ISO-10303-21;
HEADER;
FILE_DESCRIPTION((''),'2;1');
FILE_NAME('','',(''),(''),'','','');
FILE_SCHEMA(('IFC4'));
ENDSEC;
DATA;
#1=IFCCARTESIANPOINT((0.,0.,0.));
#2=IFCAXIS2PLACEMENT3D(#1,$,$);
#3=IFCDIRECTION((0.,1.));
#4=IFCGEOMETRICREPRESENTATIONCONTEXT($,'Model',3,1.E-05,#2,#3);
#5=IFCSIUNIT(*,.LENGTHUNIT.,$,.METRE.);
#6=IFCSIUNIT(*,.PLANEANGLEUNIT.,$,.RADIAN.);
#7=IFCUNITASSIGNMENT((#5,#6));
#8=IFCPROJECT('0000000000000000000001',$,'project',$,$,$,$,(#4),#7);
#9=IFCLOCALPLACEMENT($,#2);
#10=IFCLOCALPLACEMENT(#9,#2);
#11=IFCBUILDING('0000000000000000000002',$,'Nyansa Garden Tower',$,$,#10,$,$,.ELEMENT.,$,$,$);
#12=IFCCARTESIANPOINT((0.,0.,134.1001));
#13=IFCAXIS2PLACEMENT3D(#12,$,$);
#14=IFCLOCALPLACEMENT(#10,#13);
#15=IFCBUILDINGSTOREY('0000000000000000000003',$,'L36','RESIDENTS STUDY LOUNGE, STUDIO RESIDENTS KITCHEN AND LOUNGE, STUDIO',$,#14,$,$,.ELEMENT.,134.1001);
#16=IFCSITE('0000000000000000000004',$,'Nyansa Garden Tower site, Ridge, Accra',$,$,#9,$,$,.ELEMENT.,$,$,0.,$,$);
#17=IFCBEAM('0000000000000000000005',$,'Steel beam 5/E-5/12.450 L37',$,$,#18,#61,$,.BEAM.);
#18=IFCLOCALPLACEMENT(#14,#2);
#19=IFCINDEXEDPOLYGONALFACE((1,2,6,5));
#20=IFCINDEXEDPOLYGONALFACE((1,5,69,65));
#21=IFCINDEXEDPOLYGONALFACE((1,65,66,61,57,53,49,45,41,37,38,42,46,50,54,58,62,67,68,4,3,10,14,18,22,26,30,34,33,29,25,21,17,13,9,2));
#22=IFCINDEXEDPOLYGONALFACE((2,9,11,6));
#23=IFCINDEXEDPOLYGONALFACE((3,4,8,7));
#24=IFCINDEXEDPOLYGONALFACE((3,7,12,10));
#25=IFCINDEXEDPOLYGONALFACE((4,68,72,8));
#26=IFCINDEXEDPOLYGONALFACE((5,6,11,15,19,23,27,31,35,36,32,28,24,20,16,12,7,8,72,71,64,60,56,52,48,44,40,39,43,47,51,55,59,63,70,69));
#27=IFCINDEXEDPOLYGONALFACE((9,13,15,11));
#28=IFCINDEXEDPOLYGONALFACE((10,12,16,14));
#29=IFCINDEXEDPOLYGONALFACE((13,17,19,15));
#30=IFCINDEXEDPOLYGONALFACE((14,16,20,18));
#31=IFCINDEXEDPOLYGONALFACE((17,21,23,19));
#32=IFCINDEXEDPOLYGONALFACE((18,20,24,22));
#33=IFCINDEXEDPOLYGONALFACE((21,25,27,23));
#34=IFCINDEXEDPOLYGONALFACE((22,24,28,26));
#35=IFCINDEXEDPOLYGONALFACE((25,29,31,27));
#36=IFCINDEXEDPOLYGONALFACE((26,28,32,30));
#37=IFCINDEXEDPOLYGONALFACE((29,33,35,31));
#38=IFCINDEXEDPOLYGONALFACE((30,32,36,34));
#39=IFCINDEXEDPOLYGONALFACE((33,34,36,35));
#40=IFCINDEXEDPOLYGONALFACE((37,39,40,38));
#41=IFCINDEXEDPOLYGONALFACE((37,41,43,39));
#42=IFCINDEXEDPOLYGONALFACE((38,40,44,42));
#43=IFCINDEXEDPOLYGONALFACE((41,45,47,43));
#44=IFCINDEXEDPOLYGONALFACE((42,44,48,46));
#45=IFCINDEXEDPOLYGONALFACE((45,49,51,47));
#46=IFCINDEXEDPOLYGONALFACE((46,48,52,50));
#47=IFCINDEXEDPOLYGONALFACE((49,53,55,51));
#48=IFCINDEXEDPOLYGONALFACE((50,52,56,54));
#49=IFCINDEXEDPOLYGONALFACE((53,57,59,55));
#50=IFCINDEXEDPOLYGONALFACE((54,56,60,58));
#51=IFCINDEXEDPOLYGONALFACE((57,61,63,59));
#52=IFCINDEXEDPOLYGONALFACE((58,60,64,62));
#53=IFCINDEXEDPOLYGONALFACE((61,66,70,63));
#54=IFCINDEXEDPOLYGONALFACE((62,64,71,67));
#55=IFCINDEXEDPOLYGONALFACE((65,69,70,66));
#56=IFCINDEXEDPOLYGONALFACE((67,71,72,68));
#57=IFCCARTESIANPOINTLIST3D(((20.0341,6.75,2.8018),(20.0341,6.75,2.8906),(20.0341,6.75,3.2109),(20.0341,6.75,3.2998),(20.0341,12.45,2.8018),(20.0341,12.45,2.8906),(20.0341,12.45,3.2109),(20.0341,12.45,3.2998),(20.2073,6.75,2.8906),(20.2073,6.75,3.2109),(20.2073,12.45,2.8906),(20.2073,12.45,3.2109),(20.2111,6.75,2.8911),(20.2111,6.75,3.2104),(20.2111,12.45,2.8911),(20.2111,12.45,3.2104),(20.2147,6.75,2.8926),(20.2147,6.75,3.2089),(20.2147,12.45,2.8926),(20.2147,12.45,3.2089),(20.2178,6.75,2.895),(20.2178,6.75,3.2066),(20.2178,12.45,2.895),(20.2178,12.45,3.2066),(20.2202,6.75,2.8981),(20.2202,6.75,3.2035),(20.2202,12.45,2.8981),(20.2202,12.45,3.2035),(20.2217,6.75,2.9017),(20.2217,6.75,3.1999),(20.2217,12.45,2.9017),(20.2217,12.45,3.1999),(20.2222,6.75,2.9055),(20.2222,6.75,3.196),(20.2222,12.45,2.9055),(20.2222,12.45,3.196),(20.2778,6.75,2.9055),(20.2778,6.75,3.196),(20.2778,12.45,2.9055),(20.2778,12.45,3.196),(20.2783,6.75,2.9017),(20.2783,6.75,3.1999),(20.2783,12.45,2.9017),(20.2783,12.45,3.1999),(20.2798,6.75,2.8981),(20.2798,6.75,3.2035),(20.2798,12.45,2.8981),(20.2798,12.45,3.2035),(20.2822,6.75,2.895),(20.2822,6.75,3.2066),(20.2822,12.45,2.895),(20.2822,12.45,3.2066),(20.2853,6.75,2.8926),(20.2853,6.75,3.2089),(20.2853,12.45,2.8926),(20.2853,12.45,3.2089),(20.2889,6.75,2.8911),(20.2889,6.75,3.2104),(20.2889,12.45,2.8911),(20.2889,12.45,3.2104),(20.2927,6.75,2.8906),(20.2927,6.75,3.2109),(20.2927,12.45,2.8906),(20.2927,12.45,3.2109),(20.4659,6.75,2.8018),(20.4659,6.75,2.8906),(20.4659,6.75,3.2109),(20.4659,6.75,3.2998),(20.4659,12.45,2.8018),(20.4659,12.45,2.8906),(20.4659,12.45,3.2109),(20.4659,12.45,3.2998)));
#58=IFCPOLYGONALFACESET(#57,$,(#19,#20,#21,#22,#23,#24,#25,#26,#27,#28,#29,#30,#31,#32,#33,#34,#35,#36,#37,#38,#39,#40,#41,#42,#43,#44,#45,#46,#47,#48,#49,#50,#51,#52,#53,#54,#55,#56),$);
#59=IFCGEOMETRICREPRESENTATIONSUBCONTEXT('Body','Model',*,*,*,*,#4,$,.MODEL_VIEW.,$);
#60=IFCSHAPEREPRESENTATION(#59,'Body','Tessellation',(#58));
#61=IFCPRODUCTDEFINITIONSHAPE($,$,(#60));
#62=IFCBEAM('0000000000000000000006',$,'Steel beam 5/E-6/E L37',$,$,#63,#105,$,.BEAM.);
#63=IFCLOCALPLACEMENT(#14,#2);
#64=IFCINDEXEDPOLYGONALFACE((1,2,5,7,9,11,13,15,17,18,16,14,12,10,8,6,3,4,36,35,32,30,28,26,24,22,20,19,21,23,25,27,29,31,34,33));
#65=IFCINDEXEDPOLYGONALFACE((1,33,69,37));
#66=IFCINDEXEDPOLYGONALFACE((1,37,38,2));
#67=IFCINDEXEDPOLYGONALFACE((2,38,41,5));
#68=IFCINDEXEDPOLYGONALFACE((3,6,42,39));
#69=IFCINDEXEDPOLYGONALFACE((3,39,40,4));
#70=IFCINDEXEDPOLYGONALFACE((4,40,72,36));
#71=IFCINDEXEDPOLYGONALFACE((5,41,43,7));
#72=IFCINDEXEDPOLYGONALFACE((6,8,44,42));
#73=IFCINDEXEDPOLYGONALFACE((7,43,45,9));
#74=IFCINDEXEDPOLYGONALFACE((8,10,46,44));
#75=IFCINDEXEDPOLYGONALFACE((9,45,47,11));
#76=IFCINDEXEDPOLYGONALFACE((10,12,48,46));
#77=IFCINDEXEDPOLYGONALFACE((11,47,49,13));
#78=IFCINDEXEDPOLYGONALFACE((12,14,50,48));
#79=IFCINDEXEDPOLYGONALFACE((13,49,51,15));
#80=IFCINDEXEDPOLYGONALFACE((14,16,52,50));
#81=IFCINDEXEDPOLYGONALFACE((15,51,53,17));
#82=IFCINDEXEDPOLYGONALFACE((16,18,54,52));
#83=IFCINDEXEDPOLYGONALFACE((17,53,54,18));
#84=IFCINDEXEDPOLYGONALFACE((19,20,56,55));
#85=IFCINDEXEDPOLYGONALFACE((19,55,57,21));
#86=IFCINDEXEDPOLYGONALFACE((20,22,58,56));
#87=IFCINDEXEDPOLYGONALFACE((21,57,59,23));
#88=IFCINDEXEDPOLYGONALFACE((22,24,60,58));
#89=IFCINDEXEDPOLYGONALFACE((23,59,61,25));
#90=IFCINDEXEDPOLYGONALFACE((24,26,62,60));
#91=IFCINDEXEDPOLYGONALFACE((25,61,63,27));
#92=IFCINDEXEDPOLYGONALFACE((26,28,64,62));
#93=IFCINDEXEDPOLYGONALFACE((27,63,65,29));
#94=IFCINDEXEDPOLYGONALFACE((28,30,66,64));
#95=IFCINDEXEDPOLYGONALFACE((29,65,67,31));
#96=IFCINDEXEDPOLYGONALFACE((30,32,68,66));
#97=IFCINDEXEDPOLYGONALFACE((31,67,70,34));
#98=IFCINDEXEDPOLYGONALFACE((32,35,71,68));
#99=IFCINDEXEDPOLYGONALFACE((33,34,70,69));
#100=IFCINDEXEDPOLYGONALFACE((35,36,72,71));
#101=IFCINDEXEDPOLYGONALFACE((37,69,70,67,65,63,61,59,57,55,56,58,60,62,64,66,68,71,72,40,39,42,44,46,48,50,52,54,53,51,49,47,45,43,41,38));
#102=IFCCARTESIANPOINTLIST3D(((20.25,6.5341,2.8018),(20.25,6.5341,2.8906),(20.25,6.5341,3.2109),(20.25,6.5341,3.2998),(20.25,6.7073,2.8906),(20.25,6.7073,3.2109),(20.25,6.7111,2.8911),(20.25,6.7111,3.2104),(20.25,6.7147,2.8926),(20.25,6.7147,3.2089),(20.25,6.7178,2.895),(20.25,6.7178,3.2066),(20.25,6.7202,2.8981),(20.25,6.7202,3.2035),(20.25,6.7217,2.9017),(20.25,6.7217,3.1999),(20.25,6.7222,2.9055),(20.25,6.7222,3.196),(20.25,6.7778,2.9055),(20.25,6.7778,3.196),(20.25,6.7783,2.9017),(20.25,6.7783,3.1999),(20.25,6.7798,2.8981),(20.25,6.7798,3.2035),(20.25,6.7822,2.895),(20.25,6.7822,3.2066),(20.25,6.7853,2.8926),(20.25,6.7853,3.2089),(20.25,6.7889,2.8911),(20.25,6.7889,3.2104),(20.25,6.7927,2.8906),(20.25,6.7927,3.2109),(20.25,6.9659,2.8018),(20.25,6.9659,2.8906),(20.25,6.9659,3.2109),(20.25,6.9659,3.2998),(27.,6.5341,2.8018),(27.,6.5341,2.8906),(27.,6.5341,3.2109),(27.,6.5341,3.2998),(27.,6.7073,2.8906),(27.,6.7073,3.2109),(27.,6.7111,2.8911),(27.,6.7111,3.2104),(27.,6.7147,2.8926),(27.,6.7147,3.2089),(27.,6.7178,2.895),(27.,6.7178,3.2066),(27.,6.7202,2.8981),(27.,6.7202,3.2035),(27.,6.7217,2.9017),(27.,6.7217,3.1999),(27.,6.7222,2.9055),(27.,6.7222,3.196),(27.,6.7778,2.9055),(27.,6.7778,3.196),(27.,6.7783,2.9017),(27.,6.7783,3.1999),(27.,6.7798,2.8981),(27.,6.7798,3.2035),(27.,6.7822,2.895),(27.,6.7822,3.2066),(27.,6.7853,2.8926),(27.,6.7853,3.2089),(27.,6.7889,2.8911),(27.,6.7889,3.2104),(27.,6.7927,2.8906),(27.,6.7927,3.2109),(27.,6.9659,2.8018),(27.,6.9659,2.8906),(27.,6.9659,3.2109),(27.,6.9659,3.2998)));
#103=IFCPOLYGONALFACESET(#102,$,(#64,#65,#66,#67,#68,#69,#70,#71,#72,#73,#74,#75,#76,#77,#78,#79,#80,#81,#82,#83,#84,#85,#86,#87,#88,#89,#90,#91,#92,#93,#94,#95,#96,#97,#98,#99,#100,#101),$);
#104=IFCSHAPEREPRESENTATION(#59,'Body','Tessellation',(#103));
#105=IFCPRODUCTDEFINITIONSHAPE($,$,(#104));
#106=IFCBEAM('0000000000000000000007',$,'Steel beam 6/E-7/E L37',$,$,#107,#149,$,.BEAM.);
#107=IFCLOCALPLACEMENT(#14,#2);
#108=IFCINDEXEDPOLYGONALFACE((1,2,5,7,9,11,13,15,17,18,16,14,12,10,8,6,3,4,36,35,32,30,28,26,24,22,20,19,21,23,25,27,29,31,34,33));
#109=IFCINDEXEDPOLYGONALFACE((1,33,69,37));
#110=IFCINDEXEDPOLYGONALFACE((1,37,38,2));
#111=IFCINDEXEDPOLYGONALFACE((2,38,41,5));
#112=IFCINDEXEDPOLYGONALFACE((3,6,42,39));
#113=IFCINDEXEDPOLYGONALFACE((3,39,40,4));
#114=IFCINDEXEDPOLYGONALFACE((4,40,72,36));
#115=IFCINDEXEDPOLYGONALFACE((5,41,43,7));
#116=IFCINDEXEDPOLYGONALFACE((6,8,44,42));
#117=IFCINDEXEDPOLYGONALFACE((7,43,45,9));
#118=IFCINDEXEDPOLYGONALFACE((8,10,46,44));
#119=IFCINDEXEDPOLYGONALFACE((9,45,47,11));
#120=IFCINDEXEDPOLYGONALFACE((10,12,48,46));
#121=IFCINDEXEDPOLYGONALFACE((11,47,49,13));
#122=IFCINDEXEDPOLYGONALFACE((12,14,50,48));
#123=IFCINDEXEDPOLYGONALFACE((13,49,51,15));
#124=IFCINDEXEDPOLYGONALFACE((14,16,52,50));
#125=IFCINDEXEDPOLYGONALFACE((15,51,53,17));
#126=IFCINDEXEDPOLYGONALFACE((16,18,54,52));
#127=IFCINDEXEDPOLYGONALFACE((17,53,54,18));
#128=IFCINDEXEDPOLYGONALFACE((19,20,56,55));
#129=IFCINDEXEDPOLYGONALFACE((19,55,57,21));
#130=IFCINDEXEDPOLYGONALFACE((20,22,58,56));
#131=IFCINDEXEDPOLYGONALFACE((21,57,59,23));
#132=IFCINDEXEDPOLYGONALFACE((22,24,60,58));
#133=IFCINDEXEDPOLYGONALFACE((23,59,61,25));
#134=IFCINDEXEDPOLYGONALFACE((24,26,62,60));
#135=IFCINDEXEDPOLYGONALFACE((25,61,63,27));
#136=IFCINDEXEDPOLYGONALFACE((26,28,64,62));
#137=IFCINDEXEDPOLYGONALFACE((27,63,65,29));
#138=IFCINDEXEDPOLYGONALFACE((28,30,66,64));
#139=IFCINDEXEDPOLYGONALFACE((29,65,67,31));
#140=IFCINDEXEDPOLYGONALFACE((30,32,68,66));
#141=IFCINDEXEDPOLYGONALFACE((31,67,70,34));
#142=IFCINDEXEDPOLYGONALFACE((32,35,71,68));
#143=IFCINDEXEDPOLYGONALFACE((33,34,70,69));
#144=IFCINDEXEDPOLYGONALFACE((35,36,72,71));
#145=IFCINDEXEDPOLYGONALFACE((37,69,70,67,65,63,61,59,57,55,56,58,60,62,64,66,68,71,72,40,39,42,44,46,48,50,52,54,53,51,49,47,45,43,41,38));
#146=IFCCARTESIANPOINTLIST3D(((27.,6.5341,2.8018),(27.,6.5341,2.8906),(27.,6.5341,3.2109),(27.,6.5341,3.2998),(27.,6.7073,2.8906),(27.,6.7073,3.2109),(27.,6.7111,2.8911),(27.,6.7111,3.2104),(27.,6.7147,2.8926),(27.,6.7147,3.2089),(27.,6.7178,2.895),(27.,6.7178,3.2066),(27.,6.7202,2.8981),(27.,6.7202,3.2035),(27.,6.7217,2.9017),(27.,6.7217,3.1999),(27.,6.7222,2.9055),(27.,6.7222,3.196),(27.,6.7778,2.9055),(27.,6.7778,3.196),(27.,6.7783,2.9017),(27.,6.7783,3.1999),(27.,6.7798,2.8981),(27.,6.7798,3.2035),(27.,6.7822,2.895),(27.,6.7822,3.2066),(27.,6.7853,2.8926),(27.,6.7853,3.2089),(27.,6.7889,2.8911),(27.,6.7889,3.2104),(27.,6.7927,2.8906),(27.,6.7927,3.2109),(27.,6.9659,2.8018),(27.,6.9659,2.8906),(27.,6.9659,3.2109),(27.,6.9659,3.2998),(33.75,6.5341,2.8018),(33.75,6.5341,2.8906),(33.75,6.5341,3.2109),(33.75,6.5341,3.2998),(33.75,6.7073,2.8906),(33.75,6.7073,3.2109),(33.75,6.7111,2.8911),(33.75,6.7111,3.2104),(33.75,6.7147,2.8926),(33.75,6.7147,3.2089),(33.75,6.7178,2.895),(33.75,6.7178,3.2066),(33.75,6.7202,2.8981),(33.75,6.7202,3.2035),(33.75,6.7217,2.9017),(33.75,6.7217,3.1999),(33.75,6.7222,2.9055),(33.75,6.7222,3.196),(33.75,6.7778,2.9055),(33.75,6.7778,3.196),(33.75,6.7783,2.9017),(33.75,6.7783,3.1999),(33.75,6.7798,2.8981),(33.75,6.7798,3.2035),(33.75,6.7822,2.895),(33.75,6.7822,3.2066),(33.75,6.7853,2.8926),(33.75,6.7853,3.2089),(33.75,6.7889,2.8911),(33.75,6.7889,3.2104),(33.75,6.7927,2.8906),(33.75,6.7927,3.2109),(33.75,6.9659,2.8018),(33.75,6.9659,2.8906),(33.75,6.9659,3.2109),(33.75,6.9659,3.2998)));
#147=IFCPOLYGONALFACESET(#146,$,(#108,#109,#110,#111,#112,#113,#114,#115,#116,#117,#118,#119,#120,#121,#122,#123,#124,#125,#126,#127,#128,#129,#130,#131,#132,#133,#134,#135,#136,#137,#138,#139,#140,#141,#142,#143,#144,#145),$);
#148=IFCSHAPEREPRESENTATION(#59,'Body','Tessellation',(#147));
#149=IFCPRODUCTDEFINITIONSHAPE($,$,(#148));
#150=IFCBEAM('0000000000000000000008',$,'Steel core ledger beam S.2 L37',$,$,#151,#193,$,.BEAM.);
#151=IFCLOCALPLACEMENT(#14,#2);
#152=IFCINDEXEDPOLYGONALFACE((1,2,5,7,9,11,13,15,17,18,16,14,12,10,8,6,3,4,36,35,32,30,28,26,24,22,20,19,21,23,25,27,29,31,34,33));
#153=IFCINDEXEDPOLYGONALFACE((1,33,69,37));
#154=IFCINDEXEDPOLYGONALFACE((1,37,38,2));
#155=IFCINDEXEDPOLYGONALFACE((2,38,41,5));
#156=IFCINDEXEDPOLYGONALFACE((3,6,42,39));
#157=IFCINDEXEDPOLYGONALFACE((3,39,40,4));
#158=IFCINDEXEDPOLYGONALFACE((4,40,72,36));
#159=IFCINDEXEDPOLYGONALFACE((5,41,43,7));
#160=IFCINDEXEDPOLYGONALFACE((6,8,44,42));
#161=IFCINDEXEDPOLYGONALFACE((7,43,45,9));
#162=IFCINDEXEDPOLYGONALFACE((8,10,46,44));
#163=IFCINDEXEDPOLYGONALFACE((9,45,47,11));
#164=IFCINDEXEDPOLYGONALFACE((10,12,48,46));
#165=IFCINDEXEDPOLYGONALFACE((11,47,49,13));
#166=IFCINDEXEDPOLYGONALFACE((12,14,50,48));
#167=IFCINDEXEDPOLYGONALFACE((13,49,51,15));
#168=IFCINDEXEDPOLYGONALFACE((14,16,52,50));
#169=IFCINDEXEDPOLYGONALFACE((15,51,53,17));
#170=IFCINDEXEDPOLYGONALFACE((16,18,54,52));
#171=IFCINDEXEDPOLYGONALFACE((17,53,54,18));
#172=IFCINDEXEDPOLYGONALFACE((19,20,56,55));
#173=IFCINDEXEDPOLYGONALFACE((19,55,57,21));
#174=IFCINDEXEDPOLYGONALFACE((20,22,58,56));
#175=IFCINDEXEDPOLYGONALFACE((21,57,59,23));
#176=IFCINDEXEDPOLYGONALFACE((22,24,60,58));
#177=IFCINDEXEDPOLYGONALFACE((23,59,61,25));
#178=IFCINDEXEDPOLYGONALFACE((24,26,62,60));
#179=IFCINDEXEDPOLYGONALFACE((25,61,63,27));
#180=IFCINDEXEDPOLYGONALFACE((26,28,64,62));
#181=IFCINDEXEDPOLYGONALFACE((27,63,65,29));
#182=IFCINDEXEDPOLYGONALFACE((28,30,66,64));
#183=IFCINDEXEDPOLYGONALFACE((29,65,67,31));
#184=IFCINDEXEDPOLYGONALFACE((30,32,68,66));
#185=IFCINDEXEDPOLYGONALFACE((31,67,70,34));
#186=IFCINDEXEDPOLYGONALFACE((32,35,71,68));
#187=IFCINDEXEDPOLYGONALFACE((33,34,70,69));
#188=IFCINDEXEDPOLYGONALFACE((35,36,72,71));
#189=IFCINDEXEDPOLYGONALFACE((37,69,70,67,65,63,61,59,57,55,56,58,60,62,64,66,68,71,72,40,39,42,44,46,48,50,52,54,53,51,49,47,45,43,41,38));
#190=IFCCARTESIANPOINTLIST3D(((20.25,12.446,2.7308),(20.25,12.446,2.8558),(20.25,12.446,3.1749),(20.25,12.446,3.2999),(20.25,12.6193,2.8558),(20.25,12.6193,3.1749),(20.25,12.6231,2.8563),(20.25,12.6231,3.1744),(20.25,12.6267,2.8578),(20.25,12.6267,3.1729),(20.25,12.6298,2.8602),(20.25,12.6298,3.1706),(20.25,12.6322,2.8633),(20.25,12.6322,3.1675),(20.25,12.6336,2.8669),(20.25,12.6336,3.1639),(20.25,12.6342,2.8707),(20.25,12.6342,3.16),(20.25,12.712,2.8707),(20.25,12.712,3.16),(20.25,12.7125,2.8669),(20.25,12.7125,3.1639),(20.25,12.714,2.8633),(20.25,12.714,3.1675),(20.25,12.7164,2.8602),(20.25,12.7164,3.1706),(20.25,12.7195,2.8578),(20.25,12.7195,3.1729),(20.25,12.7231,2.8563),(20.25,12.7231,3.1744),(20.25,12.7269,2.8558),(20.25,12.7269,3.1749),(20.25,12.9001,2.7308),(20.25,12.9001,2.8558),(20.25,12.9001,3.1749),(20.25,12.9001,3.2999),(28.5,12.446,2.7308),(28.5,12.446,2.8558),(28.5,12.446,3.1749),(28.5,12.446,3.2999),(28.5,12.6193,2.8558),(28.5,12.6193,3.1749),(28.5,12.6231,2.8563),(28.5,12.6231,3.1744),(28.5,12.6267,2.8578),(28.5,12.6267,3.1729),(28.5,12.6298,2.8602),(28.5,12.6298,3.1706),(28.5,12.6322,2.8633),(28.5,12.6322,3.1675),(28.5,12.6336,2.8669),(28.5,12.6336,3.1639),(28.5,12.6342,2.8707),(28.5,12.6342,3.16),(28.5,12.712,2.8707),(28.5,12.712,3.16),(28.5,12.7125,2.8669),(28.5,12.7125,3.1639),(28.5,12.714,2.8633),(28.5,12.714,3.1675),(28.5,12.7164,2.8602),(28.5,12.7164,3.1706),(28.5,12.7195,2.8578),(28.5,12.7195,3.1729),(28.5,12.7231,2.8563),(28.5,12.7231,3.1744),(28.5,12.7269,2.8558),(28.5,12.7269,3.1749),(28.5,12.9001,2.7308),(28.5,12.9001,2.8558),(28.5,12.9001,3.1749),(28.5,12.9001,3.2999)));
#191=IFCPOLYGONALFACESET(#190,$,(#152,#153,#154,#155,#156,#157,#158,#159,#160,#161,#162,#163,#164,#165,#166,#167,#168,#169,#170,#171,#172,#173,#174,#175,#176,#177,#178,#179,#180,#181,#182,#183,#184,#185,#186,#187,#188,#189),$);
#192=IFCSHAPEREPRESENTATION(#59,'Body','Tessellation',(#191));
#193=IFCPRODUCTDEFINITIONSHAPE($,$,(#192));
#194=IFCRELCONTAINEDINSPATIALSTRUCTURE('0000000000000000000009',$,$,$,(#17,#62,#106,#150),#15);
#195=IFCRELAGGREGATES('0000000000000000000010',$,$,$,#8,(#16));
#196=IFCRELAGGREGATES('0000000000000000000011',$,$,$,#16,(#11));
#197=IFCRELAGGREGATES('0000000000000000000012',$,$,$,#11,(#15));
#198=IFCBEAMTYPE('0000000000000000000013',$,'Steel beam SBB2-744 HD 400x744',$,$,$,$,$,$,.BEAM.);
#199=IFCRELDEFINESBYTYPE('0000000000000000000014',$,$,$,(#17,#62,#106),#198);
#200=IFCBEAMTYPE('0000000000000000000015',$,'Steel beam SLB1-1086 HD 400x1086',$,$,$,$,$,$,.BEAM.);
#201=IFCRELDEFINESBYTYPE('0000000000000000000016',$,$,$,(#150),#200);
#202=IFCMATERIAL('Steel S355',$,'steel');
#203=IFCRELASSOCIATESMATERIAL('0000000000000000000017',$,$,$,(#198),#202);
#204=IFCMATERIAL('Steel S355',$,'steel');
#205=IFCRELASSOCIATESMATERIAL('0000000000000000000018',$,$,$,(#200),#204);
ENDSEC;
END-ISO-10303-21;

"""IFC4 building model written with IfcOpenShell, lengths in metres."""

from ifc_helpers import new_model, si_unit, direction, frame, origin, origin_2d, place, context, subcontext, project, spatial, i_section, extrude, material, material_profile, profile_set, type_object, element, save


model = new_model("IFC4")

# Units and contexts
model_context = context("Model", 3, precision=1e-05, world=origin(), true_north=direction((0.0, 1.0)))
body_context = subcontext(model_context, "Body", "Model", "MODEL_VIEW")
ifc_project = project(units=[si_unit("LENGTHUNIT", "METRE"), si_unit("PLANEANGLEUNIT", "RADIAN")], contexts=[model_context])

# Site, building, storey
site_placement = place(None, origin())
site = spatial("IfcSite", under=ifc_project, at=site_placement, Name="Nyansa Garden Tower site, Ridge, Accra", CompositionType="ELEMENT", RefElevation=0.0)
building_placement = place(site_placement, origin())
building = spatial("IfcBuilding", under=site, at=building_placement, Name="Nyansa Garden Tower", CompositionType="ELEMENT")
storey_placement = place(building_placement, frame((0.0, 0.0, 134.1001)))
storey = spatial("IfcBuildingStorey", under=building, at=storey_placement, Name="L36", Description="RESIDENTS STUDY LOUNGE, STUDIO RESIDENTS KITCHEN AND LOUNGE, STUDIO", CompositionType="ELEMENT", Elevation=134.1001)

# Beams
ifc_material_1 = material(Name="Steel S355", Category="steel")
ifc_material_profile_1 = material_profile(ifc_material_1, i_section(OverallWidth=0.4319, OverallDepth=0.498, WebThickness=0.0557, FlangeThickness=0.0889, FilletRadius=0.0149, at=origin_2d()), Name="HD 400x744")
ifc_profile_set_1 = profile_set([ifc_material_profile_1], Name="Steel S355")
beam_type_1 = type_object("IfcBeamType", Name="Steel beam SBB2-744 HD 400x744", PredefinedType="BEAM", material=ifc_profile_set_1)
beam_1_placement = place(storey_placement, frame((20.25, 6.75, 3.0508), z_axis=(0.0, 1.0, 0.0), x_axis=(-1.0, 0.0, 0.0)))
element("IfcBeam", 1, at=beam_1_placement, inside=storey, type_object=beam_type_1, Name="Steel beam 5/E-5/12.450 L37", PredefinedType="BEAM", context=body_context, shape_type="SweptSolid", body=[
    extrude(i_section(OverallWidth=0.4319, OverallDepth=0.498, WebThickness=0.0557, FlangeThickness=0.0889, FilletRadius=0.0149, at=origin_2d()), origin(), (0.0, 0.0, 1.0), 5.7),
])
for number, where, z_axis, x_axis, name in (
    (2, (20.25, 6.75, 3.0508), (1.0, 0.0, 0.0), (0.0, 1.0, 0.0), "Steel beam 5/E-6/E L37"),
    (3, (27.0, 6.75, 3.0508), (1.0, 0.0, 0.0), (0.0, 1.0, 0.0), "Steel beam 6/E-7/E L37"),
):
    element("IfcBeam", number, at=place(storey_placement, frame(where, z_axis=z_axis, x_axis=x_axis)), inside=storey, type_object=beam_type_1, Name=name, PredefinedType="BEAM", context=body_context, shape_type="SweptSolid", body=[
        extrude(i_section(OverallWidth=0.4319, OverallDepth=0.498, WebThickness=0.0557, FlangeThickness=0.0889, FilletRadius=0.0149, at=origin_2d()), origin(), (0.0, 0.0, 1.0), 6.75),
    ])
ifc_material_2 = material(Name="Steel S355", Category="steel")
ifc_material_profile_2 = material_profile(ifc_material_2, i_section(OverallWidth=0.4541, OverallDepth=0.5691, WebThickness=0.0779, FlangeThickness=0.125, FilletRadius=0.0149, at=origin_2d()), Name="HD 400x1086")
ifc_profile_set_2 = profile_set([ifc_material_profile_2], Name="Steel S355")
beam_type_2 = type_object("IfcBeamType", Name="Steel beam SLB1-1086 HD 400x1086", PredefinedType="BEAM", material=ifc_profile_set_2)
beam_2_placement = place(storey_placement, frame((20.25, 12.6731, 3.0154), z_axis=(1.0, 0.0, 0.0), x_axis=(0.0, 1.0, 0.0)))
element("IfcBeam", 4, at=beam_2_placement, inside=storey, type_object=beam_type_2, Name="Steel core ledger beam S.2 L37", PredefinedType="BEAM", context=body_context, shape_type="SweptSolid", body=[
    extrude(i_section(OverallWidth=0.4541, OverallDepth=0.5691, WebThickness=0.0779, FlangeThickness=0.125, FilletRadius=0.0149, at=origin_2d()), origin(), (0.0, 0.0, 1.0), 8.25),
])

save(model, "model.ifc")
